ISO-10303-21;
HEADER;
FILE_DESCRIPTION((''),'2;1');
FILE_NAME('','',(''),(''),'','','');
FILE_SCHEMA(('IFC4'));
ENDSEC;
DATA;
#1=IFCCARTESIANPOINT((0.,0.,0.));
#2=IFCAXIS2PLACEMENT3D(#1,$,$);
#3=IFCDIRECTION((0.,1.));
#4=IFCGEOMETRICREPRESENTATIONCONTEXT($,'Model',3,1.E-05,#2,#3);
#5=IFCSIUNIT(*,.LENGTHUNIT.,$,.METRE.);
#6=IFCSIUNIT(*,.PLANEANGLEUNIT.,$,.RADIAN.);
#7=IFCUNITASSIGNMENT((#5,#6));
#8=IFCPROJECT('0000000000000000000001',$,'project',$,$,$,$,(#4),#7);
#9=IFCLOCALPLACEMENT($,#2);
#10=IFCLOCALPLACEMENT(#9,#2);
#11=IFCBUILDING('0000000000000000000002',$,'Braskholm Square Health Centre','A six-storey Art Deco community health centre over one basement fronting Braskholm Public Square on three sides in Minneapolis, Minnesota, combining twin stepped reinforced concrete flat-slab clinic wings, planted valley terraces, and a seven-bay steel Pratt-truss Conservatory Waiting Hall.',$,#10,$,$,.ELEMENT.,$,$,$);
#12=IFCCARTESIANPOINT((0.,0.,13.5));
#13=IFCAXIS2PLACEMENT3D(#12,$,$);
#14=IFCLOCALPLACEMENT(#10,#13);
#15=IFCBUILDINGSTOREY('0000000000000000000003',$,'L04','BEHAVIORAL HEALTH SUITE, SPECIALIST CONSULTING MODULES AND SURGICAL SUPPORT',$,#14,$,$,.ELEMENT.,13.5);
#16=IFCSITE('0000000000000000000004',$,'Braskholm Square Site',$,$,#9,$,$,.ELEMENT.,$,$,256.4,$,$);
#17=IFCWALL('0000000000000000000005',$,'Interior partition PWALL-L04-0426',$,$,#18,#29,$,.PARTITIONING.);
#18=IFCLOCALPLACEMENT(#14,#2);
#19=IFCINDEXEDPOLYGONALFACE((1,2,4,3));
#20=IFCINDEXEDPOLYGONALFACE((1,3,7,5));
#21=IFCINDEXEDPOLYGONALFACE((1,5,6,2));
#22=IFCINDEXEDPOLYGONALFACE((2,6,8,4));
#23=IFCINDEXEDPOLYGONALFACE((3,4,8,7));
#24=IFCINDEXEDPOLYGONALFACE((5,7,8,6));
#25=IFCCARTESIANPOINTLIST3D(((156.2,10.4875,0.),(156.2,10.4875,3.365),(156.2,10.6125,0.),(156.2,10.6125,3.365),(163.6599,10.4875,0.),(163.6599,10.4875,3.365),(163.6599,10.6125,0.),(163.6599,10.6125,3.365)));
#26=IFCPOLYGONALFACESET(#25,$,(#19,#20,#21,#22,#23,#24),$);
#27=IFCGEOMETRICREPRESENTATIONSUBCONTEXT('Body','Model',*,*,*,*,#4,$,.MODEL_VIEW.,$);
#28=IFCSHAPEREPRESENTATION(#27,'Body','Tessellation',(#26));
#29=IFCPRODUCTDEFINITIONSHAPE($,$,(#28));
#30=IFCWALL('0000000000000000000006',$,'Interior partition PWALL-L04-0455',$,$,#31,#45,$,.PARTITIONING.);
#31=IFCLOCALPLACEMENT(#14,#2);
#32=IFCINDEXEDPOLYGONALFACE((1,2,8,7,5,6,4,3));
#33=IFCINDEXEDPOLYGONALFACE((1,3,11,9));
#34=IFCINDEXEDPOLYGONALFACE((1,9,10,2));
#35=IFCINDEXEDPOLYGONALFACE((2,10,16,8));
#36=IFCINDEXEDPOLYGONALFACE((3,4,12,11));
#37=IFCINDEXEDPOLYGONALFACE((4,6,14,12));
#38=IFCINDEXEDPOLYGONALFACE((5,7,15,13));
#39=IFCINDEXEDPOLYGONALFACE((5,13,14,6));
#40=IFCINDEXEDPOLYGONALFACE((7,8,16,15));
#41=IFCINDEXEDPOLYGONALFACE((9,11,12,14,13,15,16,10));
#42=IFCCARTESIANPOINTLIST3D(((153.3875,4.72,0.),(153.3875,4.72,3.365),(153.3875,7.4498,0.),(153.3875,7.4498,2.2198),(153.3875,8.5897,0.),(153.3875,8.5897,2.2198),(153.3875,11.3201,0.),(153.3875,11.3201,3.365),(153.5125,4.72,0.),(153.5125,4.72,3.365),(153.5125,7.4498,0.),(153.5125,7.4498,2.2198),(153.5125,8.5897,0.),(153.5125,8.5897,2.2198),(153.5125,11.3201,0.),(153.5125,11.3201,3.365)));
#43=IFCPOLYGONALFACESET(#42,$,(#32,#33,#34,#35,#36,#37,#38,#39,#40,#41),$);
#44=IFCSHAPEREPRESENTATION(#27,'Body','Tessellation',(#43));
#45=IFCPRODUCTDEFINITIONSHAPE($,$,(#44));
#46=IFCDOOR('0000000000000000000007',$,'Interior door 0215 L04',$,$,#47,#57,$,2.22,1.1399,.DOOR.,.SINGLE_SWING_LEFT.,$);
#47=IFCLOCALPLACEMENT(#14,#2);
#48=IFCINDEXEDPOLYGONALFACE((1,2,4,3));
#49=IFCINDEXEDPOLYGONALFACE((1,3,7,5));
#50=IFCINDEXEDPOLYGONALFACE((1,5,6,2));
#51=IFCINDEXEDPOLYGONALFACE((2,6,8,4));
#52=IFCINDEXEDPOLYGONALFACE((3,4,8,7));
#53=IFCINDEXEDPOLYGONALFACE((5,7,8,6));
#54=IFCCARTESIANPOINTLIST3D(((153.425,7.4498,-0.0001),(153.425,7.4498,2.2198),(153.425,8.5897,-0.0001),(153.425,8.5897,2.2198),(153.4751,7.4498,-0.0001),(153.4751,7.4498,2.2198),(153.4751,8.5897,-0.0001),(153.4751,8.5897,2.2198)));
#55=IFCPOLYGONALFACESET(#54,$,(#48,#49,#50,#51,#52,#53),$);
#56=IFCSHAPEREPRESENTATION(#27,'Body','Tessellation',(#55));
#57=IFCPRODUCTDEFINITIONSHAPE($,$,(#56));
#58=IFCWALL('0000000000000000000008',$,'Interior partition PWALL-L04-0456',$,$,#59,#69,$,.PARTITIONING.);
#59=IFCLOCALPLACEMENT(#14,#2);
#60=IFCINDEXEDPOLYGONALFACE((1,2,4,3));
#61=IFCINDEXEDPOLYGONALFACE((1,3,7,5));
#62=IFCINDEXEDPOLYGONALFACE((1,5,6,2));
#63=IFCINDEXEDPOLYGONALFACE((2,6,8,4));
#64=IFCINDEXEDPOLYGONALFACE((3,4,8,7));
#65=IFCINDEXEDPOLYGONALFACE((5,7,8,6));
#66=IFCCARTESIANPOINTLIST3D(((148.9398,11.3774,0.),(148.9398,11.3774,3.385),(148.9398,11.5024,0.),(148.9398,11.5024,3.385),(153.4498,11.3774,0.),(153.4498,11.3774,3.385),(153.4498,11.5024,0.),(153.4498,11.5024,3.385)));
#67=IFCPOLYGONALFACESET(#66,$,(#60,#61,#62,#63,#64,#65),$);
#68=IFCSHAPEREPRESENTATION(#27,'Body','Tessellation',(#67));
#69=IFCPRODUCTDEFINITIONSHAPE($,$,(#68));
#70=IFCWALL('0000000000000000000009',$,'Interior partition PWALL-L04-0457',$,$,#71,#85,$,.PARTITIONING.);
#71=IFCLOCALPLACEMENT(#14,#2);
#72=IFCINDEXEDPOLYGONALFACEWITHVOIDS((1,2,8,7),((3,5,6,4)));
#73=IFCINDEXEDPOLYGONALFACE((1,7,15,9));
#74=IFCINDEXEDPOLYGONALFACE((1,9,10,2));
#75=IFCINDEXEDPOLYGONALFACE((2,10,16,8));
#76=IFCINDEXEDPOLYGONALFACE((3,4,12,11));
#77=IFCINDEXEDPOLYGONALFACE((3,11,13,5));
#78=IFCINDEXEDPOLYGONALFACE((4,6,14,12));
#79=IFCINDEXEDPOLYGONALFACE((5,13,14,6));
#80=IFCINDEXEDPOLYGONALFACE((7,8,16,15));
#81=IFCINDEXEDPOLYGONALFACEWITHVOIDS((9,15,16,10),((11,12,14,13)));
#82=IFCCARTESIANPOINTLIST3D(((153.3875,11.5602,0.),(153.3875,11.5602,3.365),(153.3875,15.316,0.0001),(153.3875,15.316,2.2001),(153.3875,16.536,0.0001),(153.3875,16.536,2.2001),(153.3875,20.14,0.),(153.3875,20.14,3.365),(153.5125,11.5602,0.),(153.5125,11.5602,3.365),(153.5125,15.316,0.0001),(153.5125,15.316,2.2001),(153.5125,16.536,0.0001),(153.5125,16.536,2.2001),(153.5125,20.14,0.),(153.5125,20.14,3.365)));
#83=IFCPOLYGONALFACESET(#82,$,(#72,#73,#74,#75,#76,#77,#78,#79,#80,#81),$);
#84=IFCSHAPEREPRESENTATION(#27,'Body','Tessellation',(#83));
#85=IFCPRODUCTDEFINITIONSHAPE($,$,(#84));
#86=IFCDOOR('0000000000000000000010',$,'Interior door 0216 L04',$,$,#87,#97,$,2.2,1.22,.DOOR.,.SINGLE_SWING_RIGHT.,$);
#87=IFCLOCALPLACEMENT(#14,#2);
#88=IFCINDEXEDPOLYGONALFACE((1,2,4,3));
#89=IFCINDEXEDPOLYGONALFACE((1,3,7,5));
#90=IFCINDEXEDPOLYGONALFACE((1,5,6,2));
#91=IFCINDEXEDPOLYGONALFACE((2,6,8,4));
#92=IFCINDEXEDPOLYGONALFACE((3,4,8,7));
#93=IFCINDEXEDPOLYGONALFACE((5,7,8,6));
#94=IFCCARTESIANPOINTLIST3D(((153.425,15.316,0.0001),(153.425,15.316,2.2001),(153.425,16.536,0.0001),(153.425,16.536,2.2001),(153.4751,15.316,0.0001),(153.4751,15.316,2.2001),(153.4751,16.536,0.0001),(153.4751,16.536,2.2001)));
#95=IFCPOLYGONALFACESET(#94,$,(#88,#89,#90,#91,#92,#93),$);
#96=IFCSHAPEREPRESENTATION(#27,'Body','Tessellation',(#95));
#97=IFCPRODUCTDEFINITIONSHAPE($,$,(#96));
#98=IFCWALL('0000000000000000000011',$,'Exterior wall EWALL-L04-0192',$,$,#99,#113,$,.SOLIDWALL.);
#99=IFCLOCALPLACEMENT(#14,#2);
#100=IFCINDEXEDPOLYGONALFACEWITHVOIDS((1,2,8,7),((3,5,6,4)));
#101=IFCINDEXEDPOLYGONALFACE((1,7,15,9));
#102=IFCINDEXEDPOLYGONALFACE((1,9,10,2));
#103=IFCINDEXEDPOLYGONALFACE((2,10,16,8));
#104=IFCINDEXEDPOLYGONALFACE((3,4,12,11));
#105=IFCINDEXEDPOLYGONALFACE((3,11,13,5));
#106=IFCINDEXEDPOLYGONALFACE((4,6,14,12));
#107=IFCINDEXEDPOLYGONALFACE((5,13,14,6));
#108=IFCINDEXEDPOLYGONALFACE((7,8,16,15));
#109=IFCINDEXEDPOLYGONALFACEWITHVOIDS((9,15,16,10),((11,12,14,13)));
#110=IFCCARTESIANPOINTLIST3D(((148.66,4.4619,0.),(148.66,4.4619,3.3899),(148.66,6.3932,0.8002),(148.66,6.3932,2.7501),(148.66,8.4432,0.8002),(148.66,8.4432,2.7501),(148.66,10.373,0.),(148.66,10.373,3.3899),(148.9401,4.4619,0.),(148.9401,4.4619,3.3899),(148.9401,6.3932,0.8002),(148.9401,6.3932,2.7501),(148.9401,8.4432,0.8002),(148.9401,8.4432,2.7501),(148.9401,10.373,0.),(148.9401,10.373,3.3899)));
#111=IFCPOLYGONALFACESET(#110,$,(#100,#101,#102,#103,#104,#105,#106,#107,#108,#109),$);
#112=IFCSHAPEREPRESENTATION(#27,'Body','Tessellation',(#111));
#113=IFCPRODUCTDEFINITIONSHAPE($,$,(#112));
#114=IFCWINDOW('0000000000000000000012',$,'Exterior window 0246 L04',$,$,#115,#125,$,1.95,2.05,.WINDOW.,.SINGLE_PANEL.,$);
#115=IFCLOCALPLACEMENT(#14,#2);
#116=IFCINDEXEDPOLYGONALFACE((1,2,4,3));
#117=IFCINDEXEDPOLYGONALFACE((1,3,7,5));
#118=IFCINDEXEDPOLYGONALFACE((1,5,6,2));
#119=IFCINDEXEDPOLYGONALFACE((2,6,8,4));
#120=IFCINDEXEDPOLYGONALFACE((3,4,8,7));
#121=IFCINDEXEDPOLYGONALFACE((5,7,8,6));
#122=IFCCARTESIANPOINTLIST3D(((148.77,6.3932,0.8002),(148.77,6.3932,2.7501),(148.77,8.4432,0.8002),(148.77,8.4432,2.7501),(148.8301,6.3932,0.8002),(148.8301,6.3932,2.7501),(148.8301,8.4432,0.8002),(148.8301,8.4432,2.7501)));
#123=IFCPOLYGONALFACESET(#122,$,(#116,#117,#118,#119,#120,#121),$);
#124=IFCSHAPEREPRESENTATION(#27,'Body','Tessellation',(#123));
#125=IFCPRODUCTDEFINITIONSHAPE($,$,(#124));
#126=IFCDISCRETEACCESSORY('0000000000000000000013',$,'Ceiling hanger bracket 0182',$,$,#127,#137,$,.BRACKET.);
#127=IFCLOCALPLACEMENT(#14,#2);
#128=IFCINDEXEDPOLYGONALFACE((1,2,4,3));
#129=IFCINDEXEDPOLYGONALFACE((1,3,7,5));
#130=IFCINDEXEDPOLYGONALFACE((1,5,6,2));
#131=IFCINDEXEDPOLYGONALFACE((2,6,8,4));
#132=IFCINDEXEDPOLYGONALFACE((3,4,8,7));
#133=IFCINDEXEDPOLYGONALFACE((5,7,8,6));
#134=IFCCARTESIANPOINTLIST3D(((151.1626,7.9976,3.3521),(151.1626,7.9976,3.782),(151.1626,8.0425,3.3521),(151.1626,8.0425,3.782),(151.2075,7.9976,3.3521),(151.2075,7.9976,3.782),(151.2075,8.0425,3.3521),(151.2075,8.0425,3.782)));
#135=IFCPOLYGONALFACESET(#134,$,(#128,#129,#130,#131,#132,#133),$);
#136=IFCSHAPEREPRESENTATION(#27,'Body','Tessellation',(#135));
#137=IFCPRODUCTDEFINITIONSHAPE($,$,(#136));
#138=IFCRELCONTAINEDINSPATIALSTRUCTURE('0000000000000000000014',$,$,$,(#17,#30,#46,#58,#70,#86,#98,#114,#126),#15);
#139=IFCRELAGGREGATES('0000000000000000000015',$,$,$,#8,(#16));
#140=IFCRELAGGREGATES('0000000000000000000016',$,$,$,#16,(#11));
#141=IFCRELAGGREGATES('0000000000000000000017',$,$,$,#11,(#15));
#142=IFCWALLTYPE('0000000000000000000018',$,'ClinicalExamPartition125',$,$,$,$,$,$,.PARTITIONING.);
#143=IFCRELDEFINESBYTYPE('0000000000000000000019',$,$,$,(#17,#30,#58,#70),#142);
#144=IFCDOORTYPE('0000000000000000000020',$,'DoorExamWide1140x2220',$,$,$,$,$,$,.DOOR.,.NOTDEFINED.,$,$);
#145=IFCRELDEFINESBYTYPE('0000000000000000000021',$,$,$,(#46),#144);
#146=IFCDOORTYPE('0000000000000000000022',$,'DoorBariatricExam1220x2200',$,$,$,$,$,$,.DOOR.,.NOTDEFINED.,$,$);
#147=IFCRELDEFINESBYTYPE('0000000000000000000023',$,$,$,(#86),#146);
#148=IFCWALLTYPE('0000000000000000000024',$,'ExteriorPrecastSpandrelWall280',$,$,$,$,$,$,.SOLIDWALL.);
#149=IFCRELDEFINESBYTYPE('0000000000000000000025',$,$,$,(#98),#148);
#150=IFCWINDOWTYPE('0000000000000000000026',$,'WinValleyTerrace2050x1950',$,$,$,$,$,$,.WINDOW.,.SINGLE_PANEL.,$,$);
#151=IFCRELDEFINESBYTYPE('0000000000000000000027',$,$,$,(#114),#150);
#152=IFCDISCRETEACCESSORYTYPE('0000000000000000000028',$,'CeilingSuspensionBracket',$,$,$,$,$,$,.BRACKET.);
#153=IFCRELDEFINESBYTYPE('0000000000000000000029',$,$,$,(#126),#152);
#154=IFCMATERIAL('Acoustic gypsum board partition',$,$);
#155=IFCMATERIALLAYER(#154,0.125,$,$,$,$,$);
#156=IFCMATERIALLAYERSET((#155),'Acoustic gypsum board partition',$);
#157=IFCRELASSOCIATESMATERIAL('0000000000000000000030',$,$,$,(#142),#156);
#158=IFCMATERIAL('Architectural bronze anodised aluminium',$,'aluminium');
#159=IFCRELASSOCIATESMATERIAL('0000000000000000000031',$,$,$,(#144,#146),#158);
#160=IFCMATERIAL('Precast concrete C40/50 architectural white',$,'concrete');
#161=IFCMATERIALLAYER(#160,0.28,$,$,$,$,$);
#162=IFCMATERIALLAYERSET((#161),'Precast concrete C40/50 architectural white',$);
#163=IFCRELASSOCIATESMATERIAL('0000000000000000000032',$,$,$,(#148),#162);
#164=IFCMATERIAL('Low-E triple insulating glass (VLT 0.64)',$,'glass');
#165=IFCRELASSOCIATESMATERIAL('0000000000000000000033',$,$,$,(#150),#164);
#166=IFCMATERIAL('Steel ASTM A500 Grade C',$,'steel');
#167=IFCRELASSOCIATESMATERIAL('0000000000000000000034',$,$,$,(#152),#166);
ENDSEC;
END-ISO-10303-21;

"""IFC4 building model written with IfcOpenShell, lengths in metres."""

from ifc_helpers import new_model, si_unit, direction, frame, frame_2d, origin, origin_with_axes, origin_2d, place, context, subcontext, project, spatial, rectangle, extrude, material, layer, layer_set, type_object, element, fill, save


model = new_model("IFC4")

# Units and contexts
model_context = context("Model", 3, precision=1e-05, world=origin(), true_north=direction((0.0, 1.0)))
body_context = subcontext(model_context, "Body", "Model", "MODEL_VIEW")
ifc_project = project(units=[si_unit("LENGTHUNIT", "METRE"), si_unit("PLANEANGLEUNIT", "RADIAN")], contexts=[model_context])

# Site, building, storey
site_placement = place(None, origin())
site = spatial("IfcSite", under=ifc_project, at=site_placement, Name="Braskholm Square Site", CompositionType="ELEMENT", RefElevation=256.4)
building_placement = place(site_placement, origin())
building = spatial("IfcBuilding", under=site, at=building_placement, Name="Braskholm Square Health Centre", Description="A six-storey Art Deco community health centre over one basement fronting Braskholm Public Square on three sides in Minneapolis, Minnesota, combining twin stepped reinforced concrete flat-slab clinic wings, planted valley terraces, and a seven-bay steel Pratt-truss Conservatory Waiting Hall.", CompositionType="ELEMENT")
storey_placement = place(building_placement, frame((0.0, 0.0, 13.5)))
storey = spatial("IfcBuildingStorey", under=building, at=storey_placement, Name="L04", Description="BEHAVIORAL HEALTH SUITE, SPECIALIST CONSULTING MODULES AND SURGICAL SUPPORT", CompositionType="ELEMENT", Elevation=13.5)

# Shared definitions
ifc_material_1 = material(Name="Low-E triple insulating glass (VLT 0.64)", Category="glass")
ifc_material_2 = material(Name="Architectural bronze anodised aluminium", Category="aluminium")

# Shared definitions
ifc_material_3 = material(Name="Acoustic gypsum board partition")
ifc_layer_1 = layer(ifc_material_3, 0.125)
ifc_layer_set_1 = layer_set([ifc_layer_1], Name="Acoustic gypsum board partition")
wall_type_1 = type_object("IfcWallType", Name="ClinicalExamPartition125", PredefinedType="PARTITIONING", material=ifc_layer_set_1)

# Wall
wall_1_placement = place(storey_placement, frame((156.2, 10.55, 0.0), z_axis=(0.0, 0.0, 1.0), x_axis=(1.0, 0.0, 0.0)))
element("IfcWall", 1, at=wall_1_placement, inside=storey, type_object=wall_type_1, Name="Interior partition PWALL-L04-0426", PredefinedType="PARTITIONING", context=body_context, shape_type="SweptSolid", body=[
    extrude(rectangle(XDim=7.46, YDim=0.125, at=frame_2d((3.73, 0.0))), origin(), (0.0, 0.0, 1.0), 3.365),
])

# Wall, opening, door
wall_2_placement = place(storey_placement, frame((153.45, 4.72, 0.0), z_axis=(0.0, 0.0, 1.0), x_axis=(0.0, 1.0, 0.0)))
wall_2 = element("IfcWall", 2, at=wall_2_placement, inside=storey, type_object=wall_type_1, Name="Interior partition PWALL-L04-0455", PredefinedType="PARTITIONING", context=body_context, shape_type="SweptSolid", body=[
    extrude(rectangle(XDim=6.6001, YDim=0.125, at=frame_2d((3.3, 0.0))), origin(), (0.0, 0.0, 1.0), 3.365),
])
opening_1_placement = place(wall_2_placement, frame((2.73, 0.0, 0.0)))
opening_1 = element("IfcOpeningElement", 3, at=opening_1_placement, cuts=wall_2, PredefinedType="OPENING", context=body_context, shape_type="SweptSolid", body=[
    extrude(rectangle(XDim=1.1399, YDim=2.22, at=frame_2d((0.5698, 1.1099))), frame((0.0, 0.0725, 0.0), z_axis=(0.0, -1.0, 0.0), x_axis=(1.0, 0.0, 0.0)), (0.0, 0.0, 1.0), 0.145),
])
door_type_1 = type_object("IfcDoorType", Name="DoorExamWide1140x2220", OperationType="NOTDEFINED", PredefinedType="DOOR", material=ifc_material_2)
door_1_placement = place(opening_1_placement, origin_with_axes())
door_1 = element("IfcDoor", 4, at=door_1_placement, inside=storey, type_object=door_type_1, Name="Interior door 0215 L04", OperationType="SINGLE_SWING_LEFT", OverallHeight=2.22, OverallWidth=1.1399, PredefinedType="DOOR", context=body_context, shape_type="SweptSolid", body=[
    extrude(rectangle(XDim=1.1399, YDim=2.22, at=frame_2d((0.5698, 1.1099))), frame((0.0, 0.0249, 0.0), z_axis=(0.0, -1.0, 0.0), x_axis=(1.0, 0.0, 0.0)), (0.0, 0.0, 1.0), 0.05),
])
fill(opening_1, door_1)

# Wall
wall_3_placement = place(storey_placement, frame((148.9399, 11.4399, 0.0), z_axis=(0.0, 0.0, 1.0), x_axis=(1.0, 0.0, 0.0)))
element("IfcWall", 5, at=wall_3_placement, inside=storey, type_object=wall_type_1, Name="Interior partition PWALL-L04-0456", PredefinedType="PARTITIONING", context=body_context, shape_type="SweptSolid", body=[
    extrude(rectangle(XDim=4.51, YDim=0.125, at=frame_2d((2.2549, 0.0))), origin(), (0.0, 0.0, 1.0), 3.385),
])

# Wall, opening, door
wall_4_placement = place(storey_placement, frame((153.45, 11.5601, 0.0), z_axis=(0.0, 0.0, 1.0), x_axis=(0.0, 1.0, 0.0)))
wall_4 = element("IfcWall", 6, at=wall_4_placement, inside=storey, type_object=wall_type_1, Name="Interior partition PWALL-L04-0457", PredefinedType="PARTITIONING", context=body_context, shape_type="SweptSolid", body=[
    extrude(rectangle(XDim=8.5798, YDim=0.125, at=frame_2d((4.29, 0.0))), origin(), (0.0, 0.0, 1.0), 3.365),
])
opening_2_placement = place(wall_4_placement, frame((3.7561, 0.0, 0.0)))
opening_2 = element("IfcOpeningElement", 7, at=opening_2_placement, cuts=wall_4, PredefinedType="OPENING", context=body_context, shape_type="SweptSolid", body=[
    extrude(rectangle(XDim=1.22, YDim=2.2, at=frame_2d((0.6099, 1.1001))), frame((0.0, 0.0725, 0.0), z_axis=(0.0, -1.0, 0.0), x_axis=(1.0, 0.0, 0.0)), (0.0, 0.0, 1.0), 0.145),
])
door_type_2 = type_object("IfcDoorType", Name="DoorBariatricExam1220x2200", OperationType="NOTDEFINED", PredefinedType="DOOR", material=ifc_material_2)
door_2_placement = place(opening_2_placement, origin_with_axes())
door_2 = element("IfcDoor", 8, at=door_2_placement, inside=storey, type_object=door_type_2, Name="Interior door 0216 L04", OperationType="SINGLE_SWING_RIGHT", OverallHeight=2.2, OverallWidth=1.22, PredefinedType="DOOR", context=body_context, shape_type="SweptSolid", body=[
    extrude(rectangle(XDim=1.22, YDim=2.2, at=frame_2d((0.6099, 1.1001))), frame((0.0, 0.0249, 0.0), z_axis=(0.0, -1.0, 0.0), x_axis=(1.0, 0.0, 0.0)), (0.0, 0.0, 1.0), 0.05),
])
fill(opening_2, door_2)

# Wall, opening, window
ifc_material_4 = material(Name="Precast concrete C40/50 architectural white", Category="concrete")
ifc_layer_2 = layer(ifc_material_4, 0.28)
ifc_layer_set_2 = layer_set([ifc_layer_2], Name="Precast concrete C40/50 architectural white")
wall_type_2 = type_object("IfcWallType", Name="ExteriorPrecastSpandrelWall280", PredefinedType="SOLIDWALL", material=ifc_layer_set_2)
wall_5_placement = place(storey_placement, frame((148.8, 10.373, 0.0), z_axis=(0.0, 0.0, 1.0), x_axis=(0.0, -1.0, 0.0)))
wall_5 = element("IfcWall", 9, at=wall_5_placement, inside=storey, type_object=wall_type_2, Name="Exterior wall EWALL-L04-0192", PredefinedType="SOLIDWALL", context=body_context, shape_type="SweptSolid", body=[
    extrude(rectangle(XDim=5.9111, YDim=0.28, at=frame_2d((2.9556, 0.0))), origin(), (0.0, 0.0, 1.0), 3.3899),
])
opening_3_placement = place(wall_5_placement, frame((1.9299, 0.0, 0.8)))
opening_3 = element("IfcOpeningElement", 10, at=opening_3_placement, cuts=wall_5, PredefinedType="OPENING", context=body_context, shape_type="SweptSolid", body=[
    extrude(rectangle(XDim=2.05, YDim=1.95, at=frame_2d((1.0249, 0.9751))), frame((0.0, 0.1499, 0.0), z_axis=(0.0, -1.0, 0.0), x_axis=(1.0, 0.0, 0.0)), (0.0, 0.0, 1.0), 0.3),
])
window_type = type_object("IfcWindowType", Name="WinValleyTerrace2050x1950", PartitioningType="SINGLE_PANEL", PredefinedType="WINDOW", material=ifc_material_1)
window_placement = place(opening_3_placement, origin_with_axes())
window = element("IfcWindow", 11, at=window_placement, inside=storey, type_object=window_type, Name="Exterior window 0246 L04", OverallHeight=1.95, OverallWidth=2.05, PartitioningType="SINGLE_PANEL", PredefinedType="WINDOW", context=body_context, shape_type="SweptSolid", body=[
    extrude(rectangle(XDim=2.05, YDim=1.95, at=frame_2d((1.0249, 0.9751))), frame((0.0, 0.03, 0.0), z_axis=(0.0, -1.0, 0.0), x_axis=(1.0, 0.0, 0.0)), (0.0, 0.0, 1.0), 0.0601),
])
fill(opening_3, window)

# Discrete accessory
ifc_material_5 = material(Name="Steel ASTM A500 Grade C", Category="steel")
discrete_accessory_type = type_object("IfcDiscreteAccessoryType", Name="CeilingSuspensionBracket", PredefinedType="BRACKET", material=ifc_material_5)
discrete_accessory_placement = place(storey_placement, frame((151.1851, 8.02, 3.3521), z_axis=(0.0, 0.0, 1.0), x_axis=(1.0, 0.0, 0.0)))
element("IfcDiscreteAccessory", 12, at=discrete_accessory_placement, inside=storey, type_object=discrete_accessory_type, Name="Ceiling hanger bracket 0182", PredefinedType="BRACKET", context=body_context, shape_type="SweptSolid", body=[
    extrude(rectangle(XDim=0.0449, YDim=0.0449, at=origin_2d()), origin(), (0.0, 0.0, 1.0), 0.4299),
])

save(model, "model.ifc")
